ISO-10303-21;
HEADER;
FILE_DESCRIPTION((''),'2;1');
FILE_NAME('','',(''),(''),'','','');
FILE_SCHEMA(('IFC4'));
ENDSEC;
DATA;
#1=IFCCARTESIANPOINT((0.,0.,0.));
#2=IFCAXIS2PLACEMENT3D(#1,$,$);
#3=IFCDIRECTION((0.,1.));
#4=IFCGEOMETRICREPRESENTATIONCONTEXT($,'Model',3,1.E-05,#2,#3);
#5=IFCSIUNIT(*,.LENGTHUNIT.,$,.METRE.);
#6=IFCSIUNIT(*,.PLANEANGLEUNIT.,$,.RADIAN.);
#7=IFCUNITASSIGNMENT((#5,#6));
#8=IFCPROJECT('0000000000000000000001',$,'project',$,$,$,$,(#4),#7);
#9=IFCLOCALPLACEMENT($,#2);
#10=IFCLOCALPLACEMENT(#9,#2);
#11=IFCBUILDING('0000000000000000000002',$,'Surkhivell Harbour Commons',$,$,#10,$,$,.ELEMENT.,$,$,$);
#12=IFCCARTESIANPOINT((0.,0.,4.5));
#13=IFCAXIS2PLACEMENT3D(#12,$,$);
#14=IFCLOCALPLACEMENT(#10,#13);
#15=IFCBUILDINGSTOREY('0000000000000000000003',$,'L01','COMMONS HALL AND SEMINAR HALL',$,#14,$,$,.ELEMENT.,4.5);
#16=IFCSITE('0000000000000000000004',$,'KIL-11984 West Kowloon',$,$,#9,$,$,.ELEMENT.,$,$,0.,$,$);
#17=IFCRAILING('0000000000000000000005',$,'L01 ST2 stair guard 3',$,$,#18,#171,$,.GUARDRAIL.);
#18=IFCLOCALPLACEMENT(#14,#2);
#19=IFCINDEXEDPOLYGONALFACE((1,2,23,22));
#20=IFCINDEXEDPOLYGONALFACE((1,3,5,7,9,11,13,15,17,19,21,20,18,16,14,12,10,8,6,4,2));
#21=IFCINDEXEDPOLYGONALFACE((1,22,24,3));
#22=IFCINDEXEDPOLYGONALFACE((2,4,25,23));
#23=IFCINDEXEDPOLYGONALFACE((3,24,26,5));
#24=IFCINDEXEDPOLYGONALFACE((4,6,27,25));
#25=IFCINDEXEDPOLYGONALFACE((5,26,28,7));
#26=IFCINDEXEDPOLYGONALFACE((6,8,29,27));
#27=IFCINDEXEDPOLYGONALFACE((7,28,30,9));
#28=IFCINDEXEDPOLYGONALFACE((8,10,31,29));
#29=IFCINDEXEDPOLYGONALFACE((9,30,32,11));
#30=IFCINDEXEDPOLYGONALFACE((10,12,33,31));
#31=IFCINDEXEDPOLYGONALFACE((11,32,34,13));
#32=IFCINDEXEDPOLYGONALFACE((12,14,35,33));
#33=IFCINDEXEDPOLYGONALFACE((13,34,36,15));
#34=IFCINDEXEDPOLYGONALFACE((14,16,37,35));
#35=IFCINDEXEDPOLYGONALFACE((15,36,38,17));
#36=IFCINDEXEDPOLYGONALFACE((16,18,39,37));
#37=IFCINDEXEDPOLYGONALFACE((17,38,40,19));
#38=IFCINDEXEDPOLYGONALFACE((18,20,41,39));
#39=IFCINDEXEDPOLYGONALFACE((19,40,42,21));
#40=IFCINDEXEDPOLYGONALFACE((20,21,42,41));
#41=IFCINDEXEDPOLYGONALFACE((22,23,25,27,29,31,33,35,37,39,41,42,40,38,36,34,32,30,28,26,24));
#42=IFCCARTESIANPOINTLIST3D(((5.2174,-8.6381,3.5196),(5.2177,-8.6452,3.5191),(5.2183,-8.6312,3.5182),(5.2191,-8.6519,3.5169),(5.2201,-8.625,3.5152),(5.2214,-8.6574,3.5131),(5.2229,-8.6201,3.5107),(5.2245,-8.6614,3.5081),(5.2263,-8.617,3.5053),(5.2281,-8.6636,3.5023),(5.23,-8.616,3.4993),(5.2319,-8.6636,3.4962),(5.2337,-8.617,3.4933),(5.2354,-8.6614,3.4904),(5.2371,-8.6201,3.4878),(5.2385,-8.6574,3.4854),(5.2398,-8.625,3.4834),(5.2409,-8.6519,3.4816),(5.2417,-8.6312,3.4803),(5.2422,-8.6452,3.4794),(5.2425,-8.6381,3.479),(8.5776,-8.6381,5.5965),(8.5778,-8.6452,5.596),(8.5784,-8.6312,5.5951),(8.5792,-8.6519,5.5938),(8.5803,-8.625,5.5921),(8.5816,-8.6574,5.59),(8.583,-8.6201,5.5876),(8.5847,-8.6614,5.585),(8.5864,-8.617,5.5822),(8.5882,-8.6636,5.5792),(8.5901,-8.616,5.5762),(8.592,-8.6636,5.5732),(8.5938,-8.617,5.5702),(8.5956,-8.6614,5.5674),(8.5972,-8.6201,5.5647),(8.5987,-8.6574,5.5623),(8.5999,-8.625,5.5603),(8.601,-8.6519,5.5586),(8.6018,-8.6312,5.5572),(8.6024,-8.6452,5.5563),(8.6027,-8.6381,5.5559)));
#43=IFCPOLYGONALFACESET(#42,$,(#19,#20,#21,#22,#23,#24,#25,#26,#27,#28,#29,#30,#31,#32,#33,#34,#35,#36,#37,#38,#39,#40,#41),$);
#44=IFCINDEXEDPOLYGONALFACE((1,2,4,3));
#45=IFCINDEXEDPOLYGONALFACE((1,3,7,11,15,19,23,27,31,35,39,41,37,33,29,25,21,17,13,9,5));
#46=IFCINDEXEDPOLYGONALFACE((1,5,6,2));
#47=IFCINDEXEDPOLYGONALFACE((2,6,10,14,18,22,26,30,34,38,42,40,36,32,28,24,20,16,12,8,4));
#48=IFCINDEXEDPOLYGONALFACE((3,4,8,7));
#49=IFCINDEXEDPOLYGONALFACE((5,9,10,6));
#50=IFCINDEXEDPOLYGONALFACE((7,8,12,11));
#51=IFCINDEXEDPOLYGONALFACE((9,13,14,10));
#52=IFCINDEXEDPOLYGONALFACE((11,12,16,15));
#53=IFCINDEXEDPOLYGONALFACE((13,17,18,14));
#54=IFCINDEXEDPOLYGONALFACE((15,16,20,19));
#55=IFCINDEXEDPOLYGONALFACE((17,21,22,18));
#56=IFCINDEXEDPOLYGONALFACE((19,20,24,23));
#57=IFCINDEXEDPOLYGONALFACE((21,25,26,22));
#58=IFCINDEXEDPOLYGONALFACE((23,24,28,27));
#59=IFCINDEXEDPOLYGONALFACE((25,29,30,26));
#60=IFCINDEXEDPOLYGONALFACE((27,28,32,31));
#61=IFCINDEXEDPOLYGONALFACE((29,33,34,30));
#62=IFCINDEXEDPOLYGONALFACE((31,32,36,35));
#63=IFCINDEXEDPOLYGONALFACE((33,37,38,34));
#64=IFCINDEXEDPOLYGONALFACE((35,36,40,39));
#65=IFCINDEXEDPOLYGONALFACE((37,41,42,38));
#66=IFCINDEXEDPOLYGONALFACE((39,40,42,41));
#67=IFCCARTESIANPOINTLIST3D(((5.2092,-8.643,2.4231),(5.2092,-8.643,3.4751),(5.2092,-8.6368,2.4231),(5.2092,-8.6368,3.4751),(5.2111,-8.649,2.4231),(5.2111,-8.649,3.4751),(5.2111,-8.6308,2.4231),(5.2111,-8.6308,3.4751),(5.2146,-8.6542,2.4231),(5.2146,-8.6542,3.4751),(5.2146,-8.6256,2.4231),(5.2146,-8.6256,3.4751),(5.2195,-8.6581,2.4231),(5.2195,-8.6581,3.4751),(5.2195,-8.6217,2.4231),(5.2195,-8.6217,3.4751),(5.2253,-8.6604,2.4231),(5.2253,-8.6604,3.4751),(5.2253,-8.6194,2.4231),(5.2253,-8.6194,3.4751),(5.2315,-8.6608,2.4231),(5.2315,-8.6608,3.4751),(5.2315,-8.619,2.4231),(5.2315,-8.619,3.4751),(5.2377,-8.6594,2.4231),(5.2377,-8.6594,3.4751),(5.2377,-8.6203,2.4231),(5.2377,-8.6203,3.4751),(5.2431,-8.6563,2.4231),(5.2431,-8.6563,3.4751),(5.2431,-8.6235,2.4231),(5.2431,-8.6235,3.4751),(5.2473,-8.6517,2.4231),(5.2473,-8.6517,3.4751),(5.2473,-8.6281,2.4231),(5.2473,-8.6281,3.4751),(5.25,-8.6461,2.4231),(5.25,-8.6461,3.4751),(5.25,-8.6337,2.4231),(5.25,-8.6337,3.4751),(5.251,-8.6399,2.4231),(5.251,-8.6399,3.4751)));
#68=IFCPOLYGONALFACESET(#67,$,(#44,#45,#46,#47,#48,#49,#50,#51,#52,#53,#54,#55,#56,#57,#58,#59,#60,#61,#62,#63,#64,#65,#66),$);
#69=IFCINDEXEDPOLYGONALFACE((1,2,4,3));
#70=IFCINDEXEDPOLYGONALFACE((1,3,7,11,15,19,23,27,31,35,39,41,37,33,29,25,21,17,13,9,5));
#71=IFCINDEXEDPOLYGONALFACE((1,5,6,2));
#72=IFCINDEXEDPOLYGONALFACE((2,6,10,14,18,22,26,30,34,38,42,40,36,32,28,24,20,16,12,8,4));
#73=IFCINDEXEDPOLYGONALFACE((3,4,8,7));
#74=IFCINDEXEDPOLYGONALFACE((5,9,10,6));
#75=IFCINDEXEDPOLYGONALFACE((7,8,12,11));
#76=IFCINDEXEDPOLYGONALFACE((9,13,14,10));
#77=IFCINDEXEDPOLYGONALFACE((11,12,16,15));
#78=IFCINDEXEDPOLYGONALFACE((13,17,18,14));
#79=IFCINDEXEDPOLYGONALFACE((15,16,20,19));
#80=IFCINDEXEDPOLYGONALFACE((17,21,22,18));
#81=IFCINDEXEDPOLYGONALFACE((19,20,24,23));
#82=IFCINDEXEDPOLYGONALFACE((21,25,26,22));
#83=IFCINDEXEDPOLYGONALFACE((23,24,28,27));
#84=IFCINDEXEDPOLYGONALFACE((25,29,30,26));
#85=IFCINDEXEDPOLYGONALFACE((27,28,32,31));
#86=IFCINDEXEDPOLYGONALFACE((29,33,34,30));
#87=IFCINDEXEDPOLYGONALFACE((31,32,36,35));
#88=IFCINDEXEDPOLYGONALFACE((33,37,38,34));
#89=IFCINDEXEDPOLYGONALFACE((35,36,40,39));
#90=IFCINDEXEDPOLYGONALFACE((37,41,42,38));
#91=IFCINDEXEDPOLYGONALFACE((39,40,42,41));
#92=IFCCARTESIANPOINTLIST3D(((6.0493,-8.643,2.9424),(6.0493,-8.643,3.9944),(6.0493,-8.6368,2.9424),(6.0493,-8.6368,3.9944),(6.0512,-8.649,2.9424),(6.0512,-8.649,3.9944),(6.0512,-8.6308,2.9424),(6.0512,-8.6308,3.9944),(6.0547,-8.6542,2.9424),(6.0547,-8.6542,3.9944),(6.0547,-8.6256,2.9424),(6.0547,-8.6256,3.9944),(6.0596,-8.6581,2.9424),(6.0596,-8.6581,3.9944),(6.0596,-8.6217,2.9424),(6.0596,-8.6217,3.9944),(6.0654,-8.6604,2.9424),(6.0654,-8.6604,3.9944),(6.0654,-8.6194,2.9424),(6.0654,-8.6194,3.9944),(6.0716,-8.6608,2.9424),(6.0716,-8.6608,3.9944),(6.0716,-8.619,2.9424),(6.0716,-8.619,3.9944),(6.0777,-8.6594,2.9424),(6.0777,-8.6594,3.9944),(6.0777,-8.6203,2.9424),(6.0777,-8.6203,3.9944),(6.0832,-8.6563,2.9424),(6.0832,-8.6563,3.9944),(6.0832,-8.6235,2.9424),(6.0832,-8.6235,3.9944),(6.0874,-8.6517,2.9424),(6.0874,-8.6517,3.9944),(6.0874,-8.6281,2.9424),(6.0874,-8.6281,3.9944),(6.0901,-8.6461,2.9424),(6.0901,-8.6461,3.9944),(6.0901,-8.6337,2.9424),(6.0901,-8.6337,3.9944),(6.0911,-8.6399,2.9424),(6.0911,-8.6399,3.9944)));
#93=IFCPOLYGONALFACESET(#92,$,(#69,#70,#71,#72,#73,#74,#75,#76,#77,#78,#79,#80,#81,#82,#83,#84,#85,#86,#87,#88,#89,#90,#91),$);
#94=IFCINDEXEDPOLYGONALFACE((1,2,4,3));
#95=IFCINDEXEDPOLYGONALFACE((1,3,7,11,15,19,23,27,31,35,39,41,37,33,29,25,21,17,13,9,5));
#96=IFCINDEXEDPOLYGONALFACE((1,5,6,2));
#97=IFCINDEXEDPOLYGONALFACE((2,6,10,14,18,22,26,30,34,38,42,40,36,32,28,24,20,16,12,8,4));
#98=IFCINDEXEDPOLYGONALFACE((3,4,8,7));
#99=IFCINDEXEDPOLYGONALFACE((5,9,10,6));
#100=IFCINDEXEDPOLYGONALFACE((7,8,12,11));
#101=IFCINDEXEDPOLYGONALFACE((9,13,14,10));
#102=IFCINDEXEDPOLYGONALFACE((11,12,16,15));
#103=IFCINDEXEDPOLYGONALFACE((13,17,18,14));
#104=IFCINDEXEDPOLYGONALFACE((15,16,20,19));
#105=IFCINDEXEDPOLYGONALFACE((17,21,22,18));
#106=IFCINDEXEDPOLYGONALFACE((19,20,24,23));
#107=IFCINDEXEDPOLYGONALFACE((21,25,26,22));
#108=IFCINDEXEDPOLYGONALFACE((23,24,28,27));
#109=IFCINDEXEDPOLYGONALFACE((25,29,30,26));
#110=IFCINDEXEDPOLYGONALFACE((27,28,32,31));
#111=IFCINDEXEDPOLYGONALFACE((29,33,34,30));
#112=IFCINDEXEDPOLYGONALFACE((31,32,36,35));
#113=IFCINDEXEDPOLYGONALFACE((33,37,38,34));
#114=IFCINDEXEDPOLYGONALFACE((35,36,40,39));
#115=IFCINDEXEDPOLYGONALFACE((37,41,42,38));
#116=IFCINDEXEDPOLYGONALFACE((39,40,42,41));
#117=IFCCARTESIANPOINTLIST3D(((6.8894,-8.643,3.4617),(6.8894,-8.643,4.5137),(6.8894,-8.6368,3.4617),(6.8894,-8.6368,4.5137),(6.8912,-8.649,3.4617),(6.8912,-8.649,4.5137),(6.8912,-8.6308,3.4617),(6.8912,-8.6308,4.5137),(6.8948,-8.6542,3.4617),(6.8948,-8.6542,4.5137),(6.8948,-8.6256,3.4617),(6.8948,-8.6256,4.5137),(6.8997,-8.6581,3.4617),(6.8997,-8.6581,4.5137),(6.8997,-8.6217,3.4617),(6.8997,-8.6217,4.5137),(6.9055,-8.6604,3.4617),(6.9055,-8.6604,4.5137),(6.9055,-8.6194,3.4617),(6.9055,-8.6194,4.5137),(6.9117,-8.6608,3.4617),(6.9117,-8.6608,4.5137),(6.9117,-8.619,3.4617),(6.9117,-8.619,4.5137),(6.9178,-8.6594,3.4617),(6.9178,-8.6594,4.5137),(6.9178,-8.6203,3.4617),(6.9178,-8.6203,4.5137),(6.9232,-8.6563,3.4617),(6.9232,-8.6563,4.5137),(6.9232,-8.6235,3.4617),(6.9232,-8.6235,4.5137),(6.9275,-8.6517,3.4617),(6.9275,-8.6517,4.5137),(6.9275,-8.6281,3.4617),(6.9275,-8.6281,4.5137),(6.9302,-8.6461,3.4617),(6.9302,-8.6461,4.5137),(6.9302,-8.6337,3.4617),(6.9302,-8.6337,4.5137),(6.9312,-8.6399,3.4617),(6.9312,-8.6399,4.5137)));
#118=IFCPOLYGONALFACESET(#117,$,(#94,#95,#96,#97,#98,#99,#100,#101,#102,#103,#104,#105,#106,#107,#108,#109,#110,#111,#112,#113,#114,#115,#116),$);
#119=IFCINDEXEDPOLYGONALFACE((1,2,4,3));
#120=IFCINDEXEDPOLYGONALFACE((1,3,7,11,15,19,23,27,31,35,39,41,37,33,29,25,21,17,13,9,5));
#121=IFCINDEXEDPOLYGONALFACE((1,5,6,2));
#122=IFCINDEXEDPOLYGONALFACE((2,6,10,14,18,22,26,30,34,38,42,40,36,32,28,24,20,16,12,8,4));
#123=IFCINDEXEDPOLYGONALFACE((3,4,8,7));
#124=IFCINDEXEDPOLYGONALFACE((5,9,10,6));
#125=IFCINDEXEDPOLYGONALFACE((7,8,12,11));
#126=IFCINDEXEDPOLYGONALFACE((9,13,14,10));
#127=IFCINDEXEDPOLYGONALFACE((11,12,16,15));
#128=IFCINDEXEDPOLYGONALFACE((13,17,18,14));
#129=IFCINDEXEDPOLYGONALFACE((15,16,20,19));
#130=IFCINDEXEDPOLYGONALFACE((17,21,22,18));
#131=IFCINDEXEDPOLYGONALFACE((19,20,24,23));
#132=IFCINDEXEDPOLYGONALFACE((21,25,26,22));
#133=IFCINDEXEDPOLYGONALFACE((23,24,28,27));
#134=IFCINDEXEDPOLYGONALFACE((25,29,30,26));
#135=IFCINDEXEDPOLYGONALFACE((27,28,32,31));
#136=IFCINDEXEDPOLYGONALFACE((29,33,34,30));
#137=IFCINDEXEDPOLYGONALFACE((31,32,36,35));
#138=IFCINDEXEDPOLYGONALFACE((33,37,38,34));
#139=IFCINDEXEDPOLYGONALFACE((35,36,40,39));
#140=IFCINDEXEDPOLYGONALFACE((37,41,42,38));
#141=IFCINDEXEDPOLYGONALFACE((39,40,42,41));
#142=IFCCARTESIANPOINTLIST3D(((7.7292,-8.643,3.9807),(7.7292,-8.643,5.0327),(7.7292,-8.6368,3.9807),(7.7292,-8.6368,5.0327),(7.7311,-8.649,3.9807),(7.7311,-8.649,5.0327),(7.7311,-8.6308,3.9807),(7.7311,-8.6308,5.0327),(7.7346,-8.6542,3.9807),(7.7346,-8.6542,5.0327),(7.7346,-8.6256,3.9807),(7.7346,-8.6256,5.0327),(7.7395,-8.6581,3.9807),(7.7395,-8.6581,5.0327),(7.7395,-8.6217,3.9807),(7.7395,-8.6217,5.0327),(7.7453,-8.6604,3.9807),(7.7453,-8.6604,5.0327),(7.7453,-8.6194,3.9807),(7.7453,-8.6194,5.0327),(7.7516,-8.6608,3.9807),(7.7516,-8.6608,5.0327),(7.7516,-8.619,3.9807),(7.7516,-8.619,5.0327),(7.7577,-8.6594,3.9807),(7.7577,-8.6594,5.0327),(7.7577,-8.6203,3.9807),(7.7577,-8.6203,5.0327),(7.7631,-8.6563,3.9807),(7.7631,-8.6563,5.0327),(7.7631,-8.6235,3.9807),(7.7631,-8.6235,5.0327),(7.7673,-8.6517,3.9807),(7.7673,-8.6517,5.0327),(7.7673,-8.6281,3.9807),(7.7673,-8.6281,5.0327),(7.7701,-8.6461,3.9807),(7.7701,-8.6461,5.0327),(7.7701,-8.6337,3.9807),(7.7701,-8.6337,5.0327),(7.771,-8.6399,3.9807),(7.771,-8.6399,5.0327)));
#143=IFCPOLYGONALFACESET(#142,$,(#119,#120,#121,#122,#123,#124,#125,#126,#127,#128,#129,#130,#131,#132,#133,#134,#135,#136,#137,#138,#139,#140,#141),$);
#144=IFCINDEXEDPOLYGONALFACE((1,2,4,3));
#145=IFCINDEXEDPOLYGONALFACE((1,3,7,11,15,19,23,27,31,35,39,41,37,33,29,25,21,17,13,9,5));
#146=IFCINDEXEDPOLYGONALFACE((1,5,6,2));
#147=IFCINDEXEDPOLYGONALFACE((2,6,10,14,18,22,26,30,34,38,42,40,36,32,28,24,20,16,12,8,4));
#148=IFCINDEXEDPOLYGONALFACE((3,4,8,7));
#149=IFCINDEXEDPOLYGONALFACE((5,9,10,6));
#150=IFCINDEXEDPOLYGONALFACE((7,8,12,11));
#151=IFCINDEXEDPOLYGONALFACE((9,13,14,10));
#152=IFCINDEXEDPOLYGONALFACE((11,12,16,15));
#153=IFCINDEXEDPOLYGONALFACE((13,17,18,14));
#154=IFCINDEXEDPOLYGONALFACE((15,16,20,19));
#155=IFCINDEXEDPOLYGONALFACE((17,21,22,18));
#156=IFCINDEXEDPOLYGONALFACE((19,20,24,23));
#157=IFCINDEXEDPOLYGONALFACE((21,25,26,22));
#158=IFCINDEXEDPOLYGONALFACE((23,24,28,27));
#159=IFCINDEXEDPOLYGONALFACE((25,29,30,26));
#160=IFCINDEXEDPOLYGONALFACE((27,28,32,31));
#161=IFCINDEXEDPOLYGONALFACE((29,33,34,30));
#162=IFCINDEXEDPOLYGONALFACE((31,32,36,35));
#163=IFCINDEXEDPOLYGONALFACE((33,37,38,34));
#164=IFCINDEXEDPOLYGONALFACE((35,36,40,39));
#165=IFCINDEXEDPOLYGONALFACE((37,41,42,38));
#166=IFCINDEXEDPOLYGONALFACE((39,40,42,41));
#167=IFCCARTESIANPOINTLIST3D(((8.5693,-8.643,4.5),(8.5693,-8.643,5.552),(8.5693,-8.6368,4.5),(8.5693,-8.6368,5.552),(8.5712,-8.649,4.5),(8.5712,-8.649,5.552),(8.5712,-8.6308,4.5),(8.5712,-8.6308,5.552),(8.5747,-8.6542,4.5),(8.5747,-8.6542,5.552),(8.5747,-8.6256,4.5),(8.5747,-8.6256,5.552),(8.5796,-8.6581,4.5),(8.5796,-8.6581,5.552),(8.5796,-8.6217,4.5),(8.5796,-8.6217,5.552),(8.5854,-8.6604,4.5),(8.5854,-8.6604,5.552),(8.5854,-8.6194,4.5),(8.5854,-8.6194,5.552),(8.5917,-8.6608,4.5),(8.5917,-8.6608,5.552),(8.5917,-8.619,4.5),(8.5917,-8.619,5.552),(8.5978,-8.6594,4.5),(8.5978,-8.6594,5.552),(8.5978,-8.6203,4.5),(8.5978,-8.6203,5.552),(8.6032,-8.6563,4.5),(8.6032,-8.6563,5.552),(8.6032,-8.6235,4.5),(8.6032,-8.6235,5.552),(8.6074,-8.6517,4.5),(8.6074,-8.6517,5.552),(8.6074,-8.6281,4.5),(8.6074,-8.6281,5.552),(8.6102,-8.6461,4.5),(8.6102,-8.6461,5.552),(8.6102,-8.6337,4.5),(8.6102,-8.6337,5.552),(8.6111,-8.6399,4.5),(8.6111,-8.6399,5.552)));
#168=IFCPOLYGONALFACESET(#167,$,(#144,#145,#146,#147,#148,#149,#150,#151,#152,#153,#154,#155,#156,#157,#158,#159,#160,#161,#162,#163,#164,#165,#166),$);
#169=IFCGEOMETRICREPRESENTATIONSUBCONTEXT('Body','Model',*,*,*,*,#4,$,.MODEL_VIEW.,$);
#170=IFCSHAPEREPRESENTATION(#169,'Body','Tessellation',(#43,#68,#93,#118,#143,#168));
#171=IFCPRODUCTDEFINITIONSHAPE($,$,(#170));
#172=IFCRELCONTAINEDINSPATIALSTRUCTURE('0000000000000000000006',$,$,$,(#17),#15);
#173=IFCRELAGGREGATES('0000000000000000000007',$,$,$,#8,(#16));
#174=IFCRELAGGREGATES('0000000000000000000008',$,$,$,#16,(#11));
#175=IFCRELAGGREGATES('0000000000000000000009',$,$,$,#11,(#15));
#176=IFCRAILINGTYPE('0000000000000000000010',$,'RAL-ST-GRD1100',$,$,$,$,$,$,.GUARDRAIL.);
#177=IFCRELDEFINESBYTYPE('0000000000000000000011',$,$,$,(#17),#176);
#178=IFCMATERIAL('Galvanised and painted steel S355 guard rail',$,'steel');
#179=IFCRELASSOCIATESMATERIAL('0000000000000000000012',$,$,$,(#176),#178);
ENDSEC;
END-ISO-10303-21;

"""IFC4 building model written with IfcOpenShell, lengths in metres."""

from ifc_helpers import new_model, si_unit, direction, frame, origin, origin_2d, place, context, subcontext, project, spatial, circle, extrude, material, type_object, element, save


model = new_model("IFC4")

# Units and contexts
model_context = context("Model", 3, precision=1e-05, world=origin(), true_north=direction((0.0, 1.0)))
body_context = subcontext(model_context, "Body", "Model", "MODEL_VIEW")
ifc_project = project(units=[si_unit("LENGTHUNIT", "METRE"), si_unit("PLANEANGLEUNIT", "RADIAN")], contexts=[model_context])

# Site, building, storey
site_placement = place(None, origin())
site = spatial("IfcSite", under=ifc_project, at=site_placement, Name="KIL-11984 West Kowloon", CompositionType="ELEMENT", RefElevation=0.0)
building_placement = place(site_placement, origin())
building = spatial("IfcBuilding", under=site, at=building_placement, Name="Surkhivell Harbour Commons", CompositionType="ELEMENT")
storey_placement = place(building_placement, frame((0.0, 0.0, 4.5)))
storey = spatial("IfcBuildingStorey", under=building, at=storey_placement, Name="L01", Description="COMMONS HALL AND SEMINAR HALL", CompositionType="ELEMENT", Elevation=4.5)

# Railing
ifc_material_1 = material(Name="Galvanised and painted steel S355 guard rail", Category="steel")
railing_type_1 = type_object("IfcRailingType", Name="RAL-ST-GRD1100", PredefinedType="GUARDRAIL", material=ifc_material_1)
railing_1_placement = place(storey_placement, frame((5.23, -8.6399, 2.4231)))
element("IfcRailing", 1, at=railing_1_placement, inside=storey, type_object=railing_type_1, Name="L01 ST2 stair guard 3", PredefinedType="GUARDRAIL", context=body_context, shape_type="SweptSolid", body=[
    extrude(circle(Radius=0.0239, at=origin_2d()), frame((0.0, 0.0, 1.0762), z_axis=(0.850623, 0.0, 0.525776), x_axis=(0.0, 1.0, 0.0)), (0.0, 0.0, 1.0), 3.9502),
    extrude(circle(Radius=0.021, at=origin_2d()), origin(), (0.0, 0.0, 1.0), 1.052),
    extrude(circle(Radius=0.021, at=origin_2d()), frame((0.8401, 0.0, 0.5193)), (0.0, 0.0, 1.0), 1.052),
    extrude(circle(Radius=0.021, at=origin_2d()), frame((1.6802, 0.0, 1.0386)), (0.0, 0.0, 1.0), 1.052),
    extrude(circle(Radius=0.021, at=origin_2d()), frame((2.52, 0.0, 1.5576)), (0.0, 0.0, 1.0), 1.052),
    extrude(circle(Radius=0.021, at=origin_2d()), frame((3.3601, 0.0, 2.0769)), (0.0, 0.0, 1.0), 1.052),
])

save(model, "model.ifc")
